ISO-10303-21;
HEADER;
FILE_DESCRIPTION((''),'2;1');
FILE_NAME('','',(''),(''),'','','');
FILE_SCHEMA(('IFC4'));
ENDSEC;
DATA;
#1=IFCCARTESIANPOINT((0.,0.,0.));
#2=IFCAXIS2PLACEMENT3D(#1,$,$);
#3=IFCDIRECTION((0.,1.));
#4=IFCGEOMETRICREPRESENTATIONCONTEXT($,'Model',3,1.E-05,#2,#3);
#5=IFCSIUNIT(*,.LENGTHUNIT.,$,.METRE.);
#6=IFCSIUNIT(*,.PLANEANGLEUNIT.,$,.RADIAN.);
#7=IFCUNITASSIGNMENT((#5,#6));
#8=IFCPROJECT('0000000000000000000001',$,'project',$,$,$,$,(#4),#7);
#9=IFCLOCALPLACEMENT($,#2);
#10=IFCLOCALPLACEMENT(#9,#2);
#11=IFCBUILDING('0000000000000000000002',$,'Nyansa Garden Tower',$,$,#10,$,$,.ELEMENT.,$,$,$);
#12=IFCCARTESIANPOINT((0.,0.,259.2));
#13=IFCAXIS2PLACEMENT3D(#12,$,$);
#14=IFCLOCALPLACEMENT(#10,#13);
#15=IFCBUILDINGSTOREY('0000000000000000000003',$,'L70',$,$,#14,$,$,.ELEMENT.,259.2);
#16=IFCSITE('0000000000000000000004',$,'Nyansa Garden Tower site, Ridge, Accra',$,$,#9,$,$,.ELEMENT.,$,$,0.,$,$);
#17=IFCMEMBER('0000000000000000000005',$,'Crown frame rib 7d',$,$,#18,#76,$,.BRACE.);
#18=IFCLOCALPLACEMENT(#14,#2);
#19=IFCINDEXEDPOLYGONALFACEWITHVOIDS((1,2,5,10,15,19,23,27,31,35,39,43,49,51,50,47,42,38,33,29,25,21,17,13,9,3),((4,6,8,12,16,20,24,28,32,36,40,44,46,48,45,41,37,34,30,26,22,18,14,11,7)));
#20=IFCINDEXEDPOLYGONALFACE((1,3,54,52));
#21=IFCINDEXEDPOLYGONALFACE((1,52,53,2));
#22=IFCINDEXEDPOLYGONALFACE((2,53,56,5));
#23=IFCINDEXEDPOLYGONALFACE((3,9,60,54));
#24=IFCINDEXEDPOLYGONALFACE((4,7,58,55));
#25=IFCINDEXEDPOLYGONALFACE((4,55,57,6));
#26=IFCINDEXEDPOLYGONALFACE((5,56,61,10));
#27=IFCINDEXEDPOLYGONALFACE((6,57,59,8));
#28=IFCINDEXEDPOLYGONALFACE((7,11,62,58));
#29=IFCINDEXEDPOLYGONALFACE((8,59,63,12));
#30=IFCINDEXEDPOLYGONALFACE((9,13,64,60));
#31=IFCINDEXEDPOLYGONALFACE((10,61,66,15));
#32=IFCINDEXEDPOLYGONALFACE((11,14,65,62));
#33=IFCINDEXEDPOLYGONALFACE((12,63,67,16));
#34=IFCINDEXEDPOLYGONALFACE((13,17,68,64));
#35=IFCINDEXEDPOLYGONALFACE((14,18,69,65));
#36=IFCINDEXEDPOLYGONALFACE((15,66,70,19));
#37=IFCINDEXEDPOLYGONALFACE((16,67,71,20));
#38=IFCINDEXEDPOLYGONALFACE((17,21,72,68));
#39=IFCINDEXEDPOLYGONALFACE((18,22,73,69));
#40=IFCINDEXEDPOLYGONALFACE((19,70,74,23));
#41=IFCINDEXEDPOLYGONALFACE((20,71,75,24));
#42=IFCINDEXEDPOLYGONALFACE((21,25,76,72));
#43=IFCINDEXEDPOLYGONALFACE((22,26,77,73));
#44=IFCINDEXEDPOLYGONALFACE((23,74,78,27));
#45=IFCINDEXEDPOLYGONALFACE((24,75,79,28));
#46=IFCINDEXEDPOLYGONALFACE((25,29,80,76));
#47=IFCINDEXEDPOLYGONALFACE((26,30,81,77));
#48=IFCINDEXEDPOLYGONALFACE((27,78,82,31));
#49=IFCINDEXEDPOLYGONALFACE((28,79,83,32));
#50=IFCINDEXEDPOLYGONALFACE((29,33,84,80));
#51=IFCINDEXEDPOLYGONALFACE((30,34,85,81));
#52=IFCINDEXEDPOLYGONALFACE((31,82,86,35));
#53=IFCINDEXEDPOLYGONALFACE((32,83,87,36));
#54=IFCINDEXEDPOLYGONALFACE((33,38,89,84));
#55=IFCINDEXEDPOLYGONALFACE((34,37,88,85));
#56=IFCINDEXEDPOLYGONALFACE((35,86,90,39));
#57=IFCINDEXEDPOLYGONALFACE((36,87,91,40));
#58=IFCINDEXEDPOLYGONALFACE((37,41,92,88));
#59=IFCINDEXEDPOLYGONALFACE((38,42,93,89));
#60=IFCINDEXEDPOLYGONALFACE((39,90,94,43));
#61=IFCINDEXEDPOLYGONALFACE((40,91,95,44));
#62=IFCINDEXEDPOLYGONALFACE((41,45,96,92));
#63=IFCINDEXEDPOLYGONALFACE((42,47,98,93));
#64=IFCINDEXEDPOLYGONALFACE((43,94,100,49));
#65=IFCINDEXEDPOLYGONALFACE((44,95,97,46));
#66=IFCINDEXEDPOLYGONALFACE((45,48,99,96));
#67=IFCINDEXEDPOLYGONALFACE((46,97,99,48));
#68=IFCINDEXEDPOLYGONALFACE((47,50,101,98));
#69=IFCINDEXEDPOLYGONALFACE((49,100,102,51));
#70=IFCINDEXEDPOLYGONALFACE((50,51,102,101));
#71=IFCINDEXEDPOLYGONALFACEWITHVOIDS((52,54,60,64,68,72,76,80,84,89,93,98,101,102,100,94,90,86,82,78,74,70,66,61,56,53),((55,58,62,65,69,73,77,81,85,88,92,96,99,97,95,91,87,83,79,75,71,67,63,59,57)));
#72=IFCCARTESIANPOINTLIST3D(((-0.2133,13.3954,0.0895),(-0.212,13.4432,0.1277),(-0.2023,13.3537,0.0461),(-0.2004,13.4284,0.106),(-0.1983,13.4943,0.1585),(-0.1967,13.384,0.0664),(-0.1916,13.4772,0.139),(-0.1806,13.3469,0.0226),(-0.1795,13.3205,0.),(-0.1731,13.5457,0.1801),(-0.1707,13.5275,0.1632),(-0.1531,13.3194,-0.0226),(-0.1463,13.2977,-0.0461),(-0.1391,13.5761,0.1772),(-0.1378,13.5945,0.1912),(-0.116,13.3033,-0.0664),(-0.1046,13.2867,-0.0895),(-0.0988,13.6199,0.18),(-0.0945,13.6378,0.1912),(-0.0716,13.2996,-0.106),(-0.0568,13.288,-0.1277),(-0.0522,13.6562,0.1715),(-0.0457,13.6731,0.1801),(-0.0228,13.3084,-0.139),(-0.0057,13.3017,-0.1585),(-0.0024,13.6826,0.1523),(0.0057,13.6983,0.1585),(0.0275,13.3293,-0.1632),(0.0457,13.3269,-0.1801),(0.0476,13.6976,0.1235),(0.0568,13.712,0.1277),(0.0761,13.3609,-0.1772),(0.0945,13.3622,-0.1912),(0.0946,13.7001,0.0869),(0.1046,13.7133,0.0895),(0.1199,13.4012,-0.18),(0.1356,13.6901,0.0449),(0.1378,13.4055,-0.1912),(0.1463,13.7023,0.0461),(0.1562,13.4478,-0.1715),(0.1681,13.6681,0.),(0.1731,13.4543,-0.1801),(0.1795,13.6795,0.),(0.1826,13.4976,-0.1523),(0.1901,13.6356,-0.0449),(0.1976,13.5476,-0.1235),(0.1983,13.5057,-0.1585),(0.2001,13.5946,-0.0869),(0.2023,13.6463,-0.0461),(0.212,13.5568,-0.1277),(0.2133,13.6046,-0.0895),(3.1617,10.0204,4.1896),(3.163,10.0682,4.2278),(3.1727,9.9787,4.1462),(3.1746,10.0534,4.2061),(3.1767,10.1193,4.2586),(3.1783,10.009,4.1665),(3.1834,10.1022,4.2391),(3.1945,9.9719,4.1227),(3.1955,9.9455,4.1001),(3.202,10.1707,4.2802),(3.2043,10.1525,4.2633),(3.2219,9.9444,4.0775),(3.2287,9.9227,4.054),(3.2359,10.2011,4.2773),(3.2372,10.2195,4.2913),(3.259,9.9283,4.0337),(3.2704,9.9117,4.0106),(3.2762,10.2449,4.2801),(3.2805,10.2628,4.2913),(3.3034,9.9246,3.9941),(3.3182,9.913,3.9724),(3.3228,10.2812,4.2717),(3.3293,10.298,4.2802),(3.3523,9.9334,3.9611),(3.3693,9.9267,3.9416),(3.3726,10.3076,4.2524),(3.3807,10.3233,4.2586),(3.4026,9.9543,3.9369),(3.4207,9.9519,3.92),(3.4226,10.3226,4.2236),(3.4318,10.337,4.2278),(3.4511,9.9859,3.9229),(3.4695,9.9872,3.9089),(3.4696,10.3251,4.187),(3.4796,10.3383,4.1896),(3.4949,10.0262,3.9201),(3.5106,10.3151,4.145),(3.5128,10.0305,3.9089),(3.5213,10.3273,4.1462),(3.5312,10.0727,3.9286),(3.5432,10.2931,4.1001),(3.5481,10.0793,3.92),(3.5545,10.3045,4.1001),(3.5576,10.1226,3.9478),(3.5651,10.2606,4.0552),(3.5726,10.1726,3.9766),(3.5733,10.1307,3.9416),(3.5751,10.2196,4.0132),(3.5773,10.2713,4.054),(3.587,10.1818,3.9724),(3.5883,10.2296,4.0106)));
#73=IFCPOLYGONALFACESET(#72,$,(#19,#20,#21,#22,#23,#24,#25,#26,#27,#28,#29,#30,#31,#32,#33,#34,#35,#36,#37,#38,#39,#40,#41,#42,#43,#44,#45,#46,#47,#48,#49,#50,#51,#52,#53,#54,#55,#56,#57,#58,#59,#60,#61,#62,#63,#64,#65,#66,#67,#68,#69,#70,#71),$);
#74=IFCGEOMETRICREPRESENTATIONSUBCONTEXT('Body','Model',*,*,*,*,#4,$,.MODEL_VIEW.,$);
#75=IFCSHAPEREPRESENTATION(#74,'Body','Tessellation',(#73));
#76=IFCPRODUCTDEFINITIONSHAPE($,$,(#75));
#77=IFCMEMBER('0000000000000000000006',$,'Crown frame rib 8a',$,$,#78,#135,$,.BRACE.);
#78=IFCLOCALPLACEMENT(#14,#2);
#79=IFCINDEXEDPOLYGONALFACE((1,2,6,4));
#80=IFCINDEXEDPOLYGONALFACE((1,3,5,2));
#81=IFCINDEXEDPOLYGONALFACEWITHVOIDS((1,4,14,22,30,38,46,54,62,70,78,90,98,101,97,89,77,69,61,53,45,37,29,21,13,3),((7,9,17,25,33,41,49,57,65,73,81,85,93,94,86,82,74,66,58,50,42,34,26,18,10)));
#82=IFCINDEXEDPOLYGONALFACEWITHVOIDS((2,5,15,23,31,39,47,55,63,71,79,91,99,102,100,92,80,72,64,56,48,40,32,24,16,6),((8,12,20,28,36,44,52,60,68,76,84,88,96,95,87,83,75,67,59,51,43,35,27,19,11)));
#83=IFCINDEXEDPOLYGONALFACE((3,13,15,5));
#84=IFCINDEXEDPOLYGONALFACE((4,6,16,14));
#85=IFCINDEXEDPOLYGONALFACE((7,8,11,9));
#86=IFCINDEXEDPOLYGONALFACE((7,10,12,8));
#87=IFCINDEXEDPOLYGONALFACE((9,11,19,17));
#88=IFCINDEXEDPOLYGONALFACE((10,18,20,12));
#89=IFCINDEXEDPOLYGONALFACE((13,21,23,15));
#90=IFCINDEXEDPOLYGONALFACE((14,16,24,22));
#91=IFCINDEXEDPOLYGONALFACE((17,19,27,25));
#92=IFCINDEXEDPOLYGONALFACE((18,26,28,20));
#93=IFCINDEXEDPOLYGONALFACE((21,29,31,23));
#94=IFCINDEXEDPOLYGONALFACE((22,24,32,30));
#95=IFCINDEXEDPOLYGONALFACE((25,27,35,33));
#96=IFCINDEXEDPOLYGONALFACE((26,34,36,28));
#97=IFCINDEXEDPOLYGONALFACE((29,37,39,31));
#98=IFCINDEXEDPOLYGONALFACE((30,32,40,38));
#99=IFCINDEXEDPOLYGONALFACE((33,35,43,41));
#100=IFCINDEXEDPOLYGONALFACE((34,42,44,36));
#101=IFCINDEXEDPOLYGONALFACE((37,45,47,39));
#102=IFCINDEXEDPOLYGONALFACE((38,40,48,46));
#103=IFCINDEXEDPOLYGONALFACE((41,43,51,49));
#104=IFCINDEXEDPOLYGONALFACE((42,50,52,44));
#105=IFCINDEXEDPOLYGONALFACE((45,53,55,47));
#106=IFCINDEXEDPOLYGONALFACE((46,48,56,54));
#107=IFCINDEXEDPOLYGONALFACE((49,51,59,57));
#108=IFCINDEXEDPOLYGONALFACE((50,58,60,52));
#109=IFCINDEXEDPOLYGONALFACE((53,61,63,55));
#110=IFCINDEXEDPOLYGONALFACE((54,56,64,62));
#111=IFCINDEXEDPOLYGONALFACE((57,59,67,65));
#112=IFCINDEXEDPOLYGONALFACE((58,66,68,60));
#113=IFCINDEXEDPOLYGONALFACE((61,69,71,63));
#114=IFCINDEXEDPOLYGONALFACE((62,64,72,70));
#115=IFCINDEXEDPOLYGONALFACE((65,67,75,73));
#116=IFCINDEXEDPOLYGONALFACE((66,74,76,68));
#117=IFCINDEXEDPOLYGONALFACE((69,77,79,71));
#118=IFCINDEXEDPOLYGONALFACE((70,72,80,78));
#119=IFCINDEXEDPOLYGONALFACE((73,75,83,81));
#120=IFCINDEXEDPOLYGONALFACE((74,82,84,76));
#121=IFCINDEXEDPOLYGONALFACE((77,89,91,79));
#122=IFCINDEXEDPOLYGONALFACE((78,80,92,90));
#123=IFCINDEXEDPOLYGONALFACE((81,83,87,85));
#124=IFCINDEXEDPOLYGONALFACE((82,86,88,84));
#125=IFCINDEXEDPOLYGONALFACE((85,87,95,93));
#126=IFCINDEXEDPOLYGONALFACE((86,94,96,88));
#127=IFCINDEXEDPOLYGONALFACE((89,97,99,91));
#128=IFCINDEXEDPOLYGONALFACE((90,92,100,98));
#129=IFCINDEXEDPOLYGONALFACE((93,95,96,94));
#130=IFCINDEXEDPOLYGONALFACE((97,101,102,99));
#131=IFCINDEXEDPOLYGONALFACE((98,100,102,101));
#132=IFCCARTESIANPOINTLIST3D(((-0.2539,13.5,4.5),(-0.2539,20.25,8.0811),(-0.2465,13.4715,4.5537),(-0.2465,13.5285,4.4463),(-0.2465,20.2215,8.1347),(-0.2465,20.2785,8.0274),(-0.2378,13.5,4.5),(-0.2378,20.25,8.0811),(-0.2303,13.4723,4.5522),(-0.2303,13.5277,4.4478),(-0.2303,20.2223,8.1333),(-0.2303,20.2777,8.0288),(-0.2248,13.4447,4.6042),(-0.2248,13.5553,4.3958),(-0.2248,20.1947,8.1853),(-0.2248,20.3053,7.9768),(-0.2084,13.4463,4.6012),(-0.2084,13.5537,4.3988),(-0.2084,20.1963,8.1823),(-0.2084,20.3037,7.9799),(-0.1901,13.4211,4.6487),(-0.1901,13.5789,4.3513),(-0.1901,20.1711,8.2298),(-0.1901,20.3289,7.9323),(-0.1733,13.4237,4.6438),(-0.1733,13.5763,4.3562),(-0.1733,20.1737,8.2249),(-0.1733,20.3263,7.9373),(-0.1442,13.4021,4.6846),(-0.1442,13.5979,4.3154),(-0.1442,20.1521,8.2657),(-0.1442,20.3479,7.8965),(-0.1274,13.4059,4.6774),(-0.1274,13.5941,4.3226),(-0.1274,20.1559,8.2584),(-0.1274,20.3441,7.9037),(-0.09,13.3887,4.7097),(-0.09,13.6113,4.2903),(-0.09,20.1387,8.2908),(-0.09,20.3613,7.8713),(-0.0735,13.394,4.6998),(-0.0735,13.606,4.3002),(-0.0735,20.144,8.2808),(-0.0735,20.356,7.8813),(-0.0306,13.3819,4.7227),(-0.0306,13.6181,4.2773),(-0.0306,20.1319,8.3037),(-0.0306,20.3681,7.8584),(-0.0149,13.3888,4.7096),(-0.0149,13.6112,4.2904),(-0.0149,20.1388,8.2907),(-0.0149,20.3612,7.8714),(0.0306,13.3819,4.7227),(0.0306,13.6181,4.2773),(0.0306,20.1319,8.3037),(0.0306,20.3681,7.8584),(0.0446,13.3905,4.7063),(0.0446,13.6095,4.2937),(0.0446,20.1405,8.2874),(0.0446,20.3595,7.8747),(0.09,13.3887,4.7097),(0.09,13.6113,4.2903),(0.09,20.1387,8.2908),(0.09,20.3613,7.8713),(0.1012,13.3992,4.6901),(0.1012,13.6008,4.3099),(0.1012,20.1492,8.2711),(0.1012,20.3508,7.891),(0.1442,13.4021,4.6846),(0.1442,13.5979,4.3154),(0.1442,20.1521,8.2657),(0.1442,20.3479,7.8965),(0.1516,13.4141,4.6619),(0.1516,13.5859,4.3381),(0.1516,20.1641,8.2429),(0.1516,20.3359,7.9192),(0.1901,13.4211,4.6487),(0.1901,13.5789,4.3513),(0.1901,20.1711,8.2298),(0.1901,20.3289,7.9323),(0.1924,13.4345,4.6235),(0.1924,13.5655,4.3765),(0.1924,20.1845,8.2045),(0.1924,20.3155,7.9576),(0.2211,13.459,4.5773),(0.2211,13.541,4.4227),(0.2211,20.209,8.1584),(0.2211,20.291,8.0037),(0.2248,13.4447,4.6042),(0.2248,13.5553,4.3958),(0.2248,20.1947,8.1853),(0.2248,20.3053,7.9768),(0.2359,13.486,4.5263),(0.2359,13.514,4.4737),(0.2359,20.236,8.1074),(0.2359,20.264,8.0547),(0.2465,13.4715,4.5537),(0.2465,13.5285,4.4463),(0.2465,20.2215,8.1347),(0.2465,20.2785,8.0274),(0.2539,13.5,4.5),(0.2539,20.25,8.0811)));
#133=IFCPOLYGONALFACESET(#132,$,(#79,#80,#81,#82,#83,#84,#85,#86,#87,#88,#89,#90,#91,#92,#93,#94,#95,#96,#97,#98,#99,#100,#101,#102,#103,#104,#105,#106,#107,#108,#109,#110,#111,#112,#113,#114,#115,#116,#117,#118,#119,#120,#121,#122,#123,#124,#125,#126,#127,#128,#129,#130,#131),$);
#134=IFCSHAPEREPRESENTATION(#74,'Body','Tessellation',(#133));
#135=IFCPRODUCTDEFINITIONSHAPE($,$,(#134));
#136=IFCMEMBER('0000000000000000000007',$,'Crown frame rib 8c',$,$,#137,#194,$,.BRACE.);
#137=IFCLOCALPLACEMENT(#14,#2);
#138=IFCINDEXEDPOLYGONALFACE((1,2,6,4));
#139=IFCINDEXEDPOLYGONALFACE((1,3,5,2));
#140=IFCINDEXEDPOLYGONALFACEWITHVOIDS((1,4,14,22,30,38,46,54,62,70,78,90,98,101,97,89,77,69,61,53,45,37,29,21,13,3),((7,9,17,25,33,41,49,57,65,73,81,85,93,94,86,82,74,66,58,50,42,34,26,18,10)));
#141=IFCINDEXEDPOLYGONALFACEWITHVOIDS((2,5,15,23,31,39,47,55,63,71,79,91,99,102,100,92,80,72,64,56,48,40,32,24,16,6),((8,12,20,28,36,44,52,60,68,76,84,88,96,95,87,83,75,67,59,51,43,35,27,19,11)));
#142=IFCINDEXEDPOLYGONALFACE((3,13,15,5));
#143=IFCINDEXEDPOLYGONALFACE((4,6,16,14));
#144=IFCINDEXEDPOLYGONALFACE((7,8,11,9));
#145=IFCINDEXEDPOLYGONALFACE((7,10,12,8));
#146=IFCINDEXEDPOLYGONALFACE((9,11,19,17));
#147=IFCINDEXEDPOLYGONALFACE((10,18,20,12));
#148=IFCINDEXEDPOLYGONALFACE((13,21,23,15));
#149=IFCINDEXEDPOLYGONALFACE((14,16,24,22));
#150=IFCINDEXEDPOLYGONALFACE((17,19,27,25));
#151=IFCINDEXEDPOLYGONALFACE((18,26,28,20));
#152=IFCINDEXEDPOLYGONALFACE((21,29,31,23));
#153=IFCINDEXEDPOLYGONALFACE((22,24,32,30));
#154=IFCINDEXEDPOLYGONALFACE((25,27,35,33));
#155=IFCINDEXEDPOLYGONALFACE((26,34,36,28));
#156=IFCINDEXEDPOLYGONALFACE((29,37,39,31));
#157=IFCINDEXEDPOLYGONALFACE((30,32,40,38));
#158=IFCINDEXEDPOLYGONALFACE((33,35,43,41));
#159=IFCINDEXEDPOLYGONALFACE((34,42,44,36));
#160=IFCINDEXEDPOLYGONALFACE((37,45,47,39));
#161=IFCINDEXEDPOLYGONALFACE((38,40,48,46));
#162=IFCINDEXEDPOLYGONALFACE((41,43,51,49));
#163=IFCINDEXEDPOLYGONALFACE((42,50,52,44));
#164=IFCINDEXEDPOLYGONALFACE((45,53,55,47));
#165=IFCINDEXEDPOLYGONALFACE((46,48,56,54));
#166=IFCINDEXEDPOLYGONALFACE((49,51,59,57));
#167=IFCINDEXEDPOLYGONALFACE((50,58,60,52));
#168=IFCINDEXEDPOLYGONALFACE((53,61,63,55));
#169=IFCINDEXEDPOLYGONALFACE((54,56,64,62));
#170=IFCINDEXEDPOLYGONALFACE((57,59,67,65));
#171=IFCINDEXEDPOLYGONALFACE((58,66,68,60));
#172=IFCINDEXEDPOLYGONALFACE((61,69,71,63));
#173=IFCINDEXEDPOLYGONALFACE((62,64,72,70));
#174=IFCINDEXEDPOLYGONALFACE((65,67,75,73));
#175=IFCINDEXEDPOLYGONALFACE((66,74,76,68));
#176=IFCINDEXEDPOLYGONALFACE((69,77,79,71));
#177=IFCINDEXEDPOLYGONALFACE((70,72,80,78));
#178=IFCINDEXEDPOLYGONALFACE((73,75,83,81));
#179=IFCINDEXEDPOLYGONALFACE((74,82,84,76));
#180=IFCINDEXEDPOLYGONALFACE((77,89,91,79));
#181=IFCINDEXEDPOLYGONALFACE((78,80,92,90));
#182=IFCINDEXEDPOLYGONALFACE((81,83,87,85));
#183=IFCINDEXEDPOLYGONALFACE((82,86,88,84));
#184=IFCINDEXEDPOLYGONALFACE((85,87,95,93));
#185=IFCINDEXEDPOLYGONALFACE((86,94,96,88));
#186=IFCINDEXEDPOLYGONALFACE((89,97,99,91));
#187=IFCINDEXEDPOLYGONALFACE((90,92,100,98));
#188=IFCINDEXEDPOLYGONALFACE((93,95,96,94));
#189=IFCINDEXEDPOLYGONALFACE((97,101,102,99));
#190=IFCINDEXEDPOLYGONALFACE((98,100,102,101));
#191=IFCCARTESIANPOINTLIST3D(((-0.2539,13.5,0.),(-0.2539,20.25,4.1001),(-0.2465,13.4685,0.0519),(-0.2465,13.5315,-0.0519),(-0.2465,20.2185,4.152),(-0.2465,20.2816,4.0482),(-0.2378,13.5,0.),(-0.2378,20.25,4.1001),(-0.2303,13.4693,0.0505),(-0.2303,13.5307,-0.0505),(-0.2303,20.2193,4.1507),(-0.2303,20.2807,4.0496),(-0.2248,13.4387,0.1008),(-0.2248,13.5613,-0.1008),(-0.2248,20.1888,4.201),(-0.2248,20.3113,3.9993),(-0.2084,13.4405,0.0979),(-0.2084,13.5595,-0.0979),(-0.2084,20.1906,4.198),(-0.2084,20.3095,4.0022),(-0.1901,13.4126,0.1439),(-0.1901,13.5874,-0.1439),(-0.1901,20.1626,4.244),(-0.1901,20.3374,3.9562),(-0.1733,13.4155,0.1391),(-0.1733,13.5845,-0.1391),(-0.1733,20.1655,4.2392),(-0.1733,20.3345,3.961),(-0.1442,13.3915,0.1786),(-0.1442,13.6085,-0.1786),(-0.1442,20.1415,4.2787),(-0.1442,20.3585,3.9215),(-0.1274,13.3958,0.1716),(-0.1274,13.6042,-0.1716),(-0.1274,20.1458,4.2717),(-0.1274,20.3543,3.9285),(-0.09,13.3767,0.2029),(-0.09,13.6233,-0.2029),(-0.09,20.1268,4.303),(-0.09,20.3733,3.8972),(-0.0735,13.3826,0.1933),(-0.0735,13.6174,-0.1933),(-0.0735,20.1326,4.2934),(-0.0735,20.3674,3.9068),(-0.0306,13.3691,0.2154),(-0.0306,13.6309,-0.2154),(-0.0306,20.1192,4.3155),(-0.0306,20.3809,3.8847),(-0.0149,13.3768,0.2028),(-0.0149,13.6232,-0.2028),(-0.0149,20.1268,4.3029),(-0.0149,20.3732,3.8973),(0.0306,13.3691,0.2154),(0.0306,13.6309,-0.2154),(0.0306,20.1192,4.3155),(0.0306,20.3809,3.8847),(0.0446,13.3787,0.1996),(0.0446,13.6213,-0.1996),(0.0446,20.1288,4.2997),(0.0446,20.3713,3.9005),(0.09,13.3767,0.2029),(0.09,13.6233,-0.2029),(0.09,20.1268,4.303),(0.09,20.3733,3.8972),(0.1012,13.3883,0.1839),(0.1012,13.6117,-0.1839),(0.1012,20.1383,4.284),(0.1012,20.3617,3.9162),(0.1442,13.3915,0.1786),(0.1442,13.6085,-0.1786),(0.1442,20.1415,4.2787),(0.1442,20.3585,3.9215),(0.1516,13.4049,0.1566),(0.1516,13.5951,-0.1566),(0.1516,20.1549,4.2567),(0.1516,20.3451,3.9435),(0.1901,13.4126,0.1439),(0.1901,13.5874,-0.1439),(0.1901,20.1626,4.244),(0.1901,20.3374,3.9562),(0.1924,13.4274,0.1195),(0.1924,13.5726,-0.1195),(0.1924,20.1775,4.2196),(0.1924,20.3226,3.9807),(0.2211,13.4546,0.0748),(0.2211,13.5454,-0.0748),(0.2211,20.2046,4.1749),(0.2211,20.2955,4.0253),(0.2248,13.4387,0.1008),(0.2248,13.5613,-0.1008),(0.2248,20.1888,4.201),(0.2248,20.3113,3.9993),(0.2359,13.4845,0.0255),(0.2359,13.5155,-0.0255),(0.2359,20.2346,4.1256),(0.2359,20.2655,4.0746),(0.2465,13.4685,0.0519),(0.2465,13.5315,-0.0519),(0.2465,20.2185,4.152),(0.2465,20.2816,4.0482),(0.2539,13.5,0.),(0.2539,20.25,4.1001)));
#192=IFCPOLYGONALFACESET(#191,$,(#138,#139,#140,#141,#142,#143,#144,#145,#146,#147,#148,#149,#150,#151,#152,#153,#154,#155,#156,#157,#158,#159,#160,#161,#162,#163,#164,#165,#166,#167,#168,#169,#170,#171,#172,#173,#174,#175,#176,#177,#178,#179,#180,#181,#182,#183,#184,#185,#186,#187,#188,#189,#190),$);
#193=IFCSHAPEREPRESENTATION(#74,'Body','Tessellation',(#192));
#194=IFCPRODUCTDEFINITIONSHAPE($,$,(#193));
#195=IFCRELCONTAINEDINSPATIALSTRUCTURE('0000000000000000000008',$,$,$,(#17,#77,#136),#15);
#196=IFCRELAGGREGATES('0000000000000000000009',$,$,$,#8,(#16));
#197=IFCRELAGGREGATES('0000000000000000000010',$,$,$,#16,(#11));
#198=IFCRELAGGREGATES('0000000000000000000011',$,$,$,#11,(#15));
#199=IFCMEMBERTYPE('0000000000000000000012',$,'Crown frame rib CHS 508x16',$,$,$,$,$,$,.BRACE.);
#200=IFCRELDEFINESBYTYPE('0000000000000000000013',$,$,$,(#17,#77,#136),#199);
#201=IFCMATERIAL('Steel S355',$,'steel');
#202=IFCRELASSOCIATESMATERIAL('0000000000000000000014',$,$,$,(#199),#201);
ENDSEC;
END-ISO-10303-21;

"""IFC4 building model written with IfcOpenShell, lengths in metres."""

from ifc_helpers import new_model, si_unit, direction, frame, origin, origin_2d, place, context, subcontext, project, spatial, hollow_circle, extrude, material, material_profile, profile_set, type_object, element, save


model = new_model("IFC4")

# Units and contexts
model_context = context("Model", 3, precision=1e-05, world=origin(), true_north=direction((0.0, 1.0)))
body_context = subcontext(model_context, "Body", "Model", "MODEL_VIEW")
ifc_project = project(units=[si_unit("LENGTHUNIT", "METRE"), si_unit("PLANEANGLEUNIT", "RADIAN")], contexts=[model_context])

# Site, building, storey
site_placement = place(None, origin())
site = spatial("IfcSite", under=ifc_project, at=site_placement, Name="Nyansa Garden Tower site, Ridge, Accra", CompositionType="ELEMENT", RefElevation=0.0)
building_placement = place(site_placement, origin())
building = spatial("IfcBuilding", under=site, at=building_placement, Name="Nyansa Garden Tower", CompositionType="ELEMENT")
storey_placement = place(building_placement, frame((0.0, 0.0, 259.2)))
storey = spatial("IfcBuildingStorey", under=building, at=storey_placement, Name="L70", CompositionType="ELEMENT", Elevation=259.2)

# Members
ifc_material_1 = material(Name="Steel S355", Category="steel")
ifc_material_profile_1 = material_profile(ifc_material_1, hollow_circle(Radius=0.2539, WallThickness=0.0161, at=origin_2d()), Name="CHS 508x16")
ifc_profile_set_1 = profile_set([ifc_material_profile_1], Name="Steel S355")
member_type = type_object("IfcMemberType", Name="Crown frame rib CHS 508x16", PredefinedType="BRACE", material=ifc_profile_set_1)
member_1_placement = place(storey_placement, frame((0.0, 13.5, 0.0), z_axis=(0.536377, -0.536377, 0.651614), x_axis=(0.707107, 0.707107, 0.0)))
element("IfcMember", 1, at=member_1_placement, inside=storey, type_object=member_type, Name="Crown frame rib 7d", PredefinedType="BRACE", context=body_context, shape_type="SweptSolid", body=[
    extrude(hollow_circle(Radius=0.2539, WallThickness=0.0161, at=origin_2d()), origin(), (0.0, 0.0, 1.0), 6.2922),
])
member_2_placement = place(storey_placement, frame((0.0, 13.5, 4.5), z_axis=(0.0, 0.88338, 0.468657), x_axis=(-1.0, 0.0, 0.0)))
element("IfcMember", 2, at=member_2_placement, inside=storey, type_object=member_type, Name="Crown frame rib 8a", PredefinedType="BRACE", context=body_context, shape_type="SweptSolid", body=[
    extrude(hollow_circle(Radius=0.2539, WallThickness=0.0161, at=origin_2d()), origin(), (0.0, 0.0, 1.0), 7.6411),
])
member_3_placement = place(storey_placement, frame((0.0, 13.5, 0.0), z_axis=(0.0, 0.854682, 0.519152), x_axis=(-1.0, 0.0, 0.0)))
element("IfcMember", 3, at=member_3_placement, inside=storey, type_object=member_type, Name="Crown frame rib 8c", PredefinedType="BRACE", context=body_context, shape_type="SweptSolid", body=[
    extrude(hollow_circle(Radius=0.2539, WallThickness=0.0161, at=origin_2d()), origin(), (0.0, 0.0, 1.0), 7.8977),
])

save(model, "model.ifc")
